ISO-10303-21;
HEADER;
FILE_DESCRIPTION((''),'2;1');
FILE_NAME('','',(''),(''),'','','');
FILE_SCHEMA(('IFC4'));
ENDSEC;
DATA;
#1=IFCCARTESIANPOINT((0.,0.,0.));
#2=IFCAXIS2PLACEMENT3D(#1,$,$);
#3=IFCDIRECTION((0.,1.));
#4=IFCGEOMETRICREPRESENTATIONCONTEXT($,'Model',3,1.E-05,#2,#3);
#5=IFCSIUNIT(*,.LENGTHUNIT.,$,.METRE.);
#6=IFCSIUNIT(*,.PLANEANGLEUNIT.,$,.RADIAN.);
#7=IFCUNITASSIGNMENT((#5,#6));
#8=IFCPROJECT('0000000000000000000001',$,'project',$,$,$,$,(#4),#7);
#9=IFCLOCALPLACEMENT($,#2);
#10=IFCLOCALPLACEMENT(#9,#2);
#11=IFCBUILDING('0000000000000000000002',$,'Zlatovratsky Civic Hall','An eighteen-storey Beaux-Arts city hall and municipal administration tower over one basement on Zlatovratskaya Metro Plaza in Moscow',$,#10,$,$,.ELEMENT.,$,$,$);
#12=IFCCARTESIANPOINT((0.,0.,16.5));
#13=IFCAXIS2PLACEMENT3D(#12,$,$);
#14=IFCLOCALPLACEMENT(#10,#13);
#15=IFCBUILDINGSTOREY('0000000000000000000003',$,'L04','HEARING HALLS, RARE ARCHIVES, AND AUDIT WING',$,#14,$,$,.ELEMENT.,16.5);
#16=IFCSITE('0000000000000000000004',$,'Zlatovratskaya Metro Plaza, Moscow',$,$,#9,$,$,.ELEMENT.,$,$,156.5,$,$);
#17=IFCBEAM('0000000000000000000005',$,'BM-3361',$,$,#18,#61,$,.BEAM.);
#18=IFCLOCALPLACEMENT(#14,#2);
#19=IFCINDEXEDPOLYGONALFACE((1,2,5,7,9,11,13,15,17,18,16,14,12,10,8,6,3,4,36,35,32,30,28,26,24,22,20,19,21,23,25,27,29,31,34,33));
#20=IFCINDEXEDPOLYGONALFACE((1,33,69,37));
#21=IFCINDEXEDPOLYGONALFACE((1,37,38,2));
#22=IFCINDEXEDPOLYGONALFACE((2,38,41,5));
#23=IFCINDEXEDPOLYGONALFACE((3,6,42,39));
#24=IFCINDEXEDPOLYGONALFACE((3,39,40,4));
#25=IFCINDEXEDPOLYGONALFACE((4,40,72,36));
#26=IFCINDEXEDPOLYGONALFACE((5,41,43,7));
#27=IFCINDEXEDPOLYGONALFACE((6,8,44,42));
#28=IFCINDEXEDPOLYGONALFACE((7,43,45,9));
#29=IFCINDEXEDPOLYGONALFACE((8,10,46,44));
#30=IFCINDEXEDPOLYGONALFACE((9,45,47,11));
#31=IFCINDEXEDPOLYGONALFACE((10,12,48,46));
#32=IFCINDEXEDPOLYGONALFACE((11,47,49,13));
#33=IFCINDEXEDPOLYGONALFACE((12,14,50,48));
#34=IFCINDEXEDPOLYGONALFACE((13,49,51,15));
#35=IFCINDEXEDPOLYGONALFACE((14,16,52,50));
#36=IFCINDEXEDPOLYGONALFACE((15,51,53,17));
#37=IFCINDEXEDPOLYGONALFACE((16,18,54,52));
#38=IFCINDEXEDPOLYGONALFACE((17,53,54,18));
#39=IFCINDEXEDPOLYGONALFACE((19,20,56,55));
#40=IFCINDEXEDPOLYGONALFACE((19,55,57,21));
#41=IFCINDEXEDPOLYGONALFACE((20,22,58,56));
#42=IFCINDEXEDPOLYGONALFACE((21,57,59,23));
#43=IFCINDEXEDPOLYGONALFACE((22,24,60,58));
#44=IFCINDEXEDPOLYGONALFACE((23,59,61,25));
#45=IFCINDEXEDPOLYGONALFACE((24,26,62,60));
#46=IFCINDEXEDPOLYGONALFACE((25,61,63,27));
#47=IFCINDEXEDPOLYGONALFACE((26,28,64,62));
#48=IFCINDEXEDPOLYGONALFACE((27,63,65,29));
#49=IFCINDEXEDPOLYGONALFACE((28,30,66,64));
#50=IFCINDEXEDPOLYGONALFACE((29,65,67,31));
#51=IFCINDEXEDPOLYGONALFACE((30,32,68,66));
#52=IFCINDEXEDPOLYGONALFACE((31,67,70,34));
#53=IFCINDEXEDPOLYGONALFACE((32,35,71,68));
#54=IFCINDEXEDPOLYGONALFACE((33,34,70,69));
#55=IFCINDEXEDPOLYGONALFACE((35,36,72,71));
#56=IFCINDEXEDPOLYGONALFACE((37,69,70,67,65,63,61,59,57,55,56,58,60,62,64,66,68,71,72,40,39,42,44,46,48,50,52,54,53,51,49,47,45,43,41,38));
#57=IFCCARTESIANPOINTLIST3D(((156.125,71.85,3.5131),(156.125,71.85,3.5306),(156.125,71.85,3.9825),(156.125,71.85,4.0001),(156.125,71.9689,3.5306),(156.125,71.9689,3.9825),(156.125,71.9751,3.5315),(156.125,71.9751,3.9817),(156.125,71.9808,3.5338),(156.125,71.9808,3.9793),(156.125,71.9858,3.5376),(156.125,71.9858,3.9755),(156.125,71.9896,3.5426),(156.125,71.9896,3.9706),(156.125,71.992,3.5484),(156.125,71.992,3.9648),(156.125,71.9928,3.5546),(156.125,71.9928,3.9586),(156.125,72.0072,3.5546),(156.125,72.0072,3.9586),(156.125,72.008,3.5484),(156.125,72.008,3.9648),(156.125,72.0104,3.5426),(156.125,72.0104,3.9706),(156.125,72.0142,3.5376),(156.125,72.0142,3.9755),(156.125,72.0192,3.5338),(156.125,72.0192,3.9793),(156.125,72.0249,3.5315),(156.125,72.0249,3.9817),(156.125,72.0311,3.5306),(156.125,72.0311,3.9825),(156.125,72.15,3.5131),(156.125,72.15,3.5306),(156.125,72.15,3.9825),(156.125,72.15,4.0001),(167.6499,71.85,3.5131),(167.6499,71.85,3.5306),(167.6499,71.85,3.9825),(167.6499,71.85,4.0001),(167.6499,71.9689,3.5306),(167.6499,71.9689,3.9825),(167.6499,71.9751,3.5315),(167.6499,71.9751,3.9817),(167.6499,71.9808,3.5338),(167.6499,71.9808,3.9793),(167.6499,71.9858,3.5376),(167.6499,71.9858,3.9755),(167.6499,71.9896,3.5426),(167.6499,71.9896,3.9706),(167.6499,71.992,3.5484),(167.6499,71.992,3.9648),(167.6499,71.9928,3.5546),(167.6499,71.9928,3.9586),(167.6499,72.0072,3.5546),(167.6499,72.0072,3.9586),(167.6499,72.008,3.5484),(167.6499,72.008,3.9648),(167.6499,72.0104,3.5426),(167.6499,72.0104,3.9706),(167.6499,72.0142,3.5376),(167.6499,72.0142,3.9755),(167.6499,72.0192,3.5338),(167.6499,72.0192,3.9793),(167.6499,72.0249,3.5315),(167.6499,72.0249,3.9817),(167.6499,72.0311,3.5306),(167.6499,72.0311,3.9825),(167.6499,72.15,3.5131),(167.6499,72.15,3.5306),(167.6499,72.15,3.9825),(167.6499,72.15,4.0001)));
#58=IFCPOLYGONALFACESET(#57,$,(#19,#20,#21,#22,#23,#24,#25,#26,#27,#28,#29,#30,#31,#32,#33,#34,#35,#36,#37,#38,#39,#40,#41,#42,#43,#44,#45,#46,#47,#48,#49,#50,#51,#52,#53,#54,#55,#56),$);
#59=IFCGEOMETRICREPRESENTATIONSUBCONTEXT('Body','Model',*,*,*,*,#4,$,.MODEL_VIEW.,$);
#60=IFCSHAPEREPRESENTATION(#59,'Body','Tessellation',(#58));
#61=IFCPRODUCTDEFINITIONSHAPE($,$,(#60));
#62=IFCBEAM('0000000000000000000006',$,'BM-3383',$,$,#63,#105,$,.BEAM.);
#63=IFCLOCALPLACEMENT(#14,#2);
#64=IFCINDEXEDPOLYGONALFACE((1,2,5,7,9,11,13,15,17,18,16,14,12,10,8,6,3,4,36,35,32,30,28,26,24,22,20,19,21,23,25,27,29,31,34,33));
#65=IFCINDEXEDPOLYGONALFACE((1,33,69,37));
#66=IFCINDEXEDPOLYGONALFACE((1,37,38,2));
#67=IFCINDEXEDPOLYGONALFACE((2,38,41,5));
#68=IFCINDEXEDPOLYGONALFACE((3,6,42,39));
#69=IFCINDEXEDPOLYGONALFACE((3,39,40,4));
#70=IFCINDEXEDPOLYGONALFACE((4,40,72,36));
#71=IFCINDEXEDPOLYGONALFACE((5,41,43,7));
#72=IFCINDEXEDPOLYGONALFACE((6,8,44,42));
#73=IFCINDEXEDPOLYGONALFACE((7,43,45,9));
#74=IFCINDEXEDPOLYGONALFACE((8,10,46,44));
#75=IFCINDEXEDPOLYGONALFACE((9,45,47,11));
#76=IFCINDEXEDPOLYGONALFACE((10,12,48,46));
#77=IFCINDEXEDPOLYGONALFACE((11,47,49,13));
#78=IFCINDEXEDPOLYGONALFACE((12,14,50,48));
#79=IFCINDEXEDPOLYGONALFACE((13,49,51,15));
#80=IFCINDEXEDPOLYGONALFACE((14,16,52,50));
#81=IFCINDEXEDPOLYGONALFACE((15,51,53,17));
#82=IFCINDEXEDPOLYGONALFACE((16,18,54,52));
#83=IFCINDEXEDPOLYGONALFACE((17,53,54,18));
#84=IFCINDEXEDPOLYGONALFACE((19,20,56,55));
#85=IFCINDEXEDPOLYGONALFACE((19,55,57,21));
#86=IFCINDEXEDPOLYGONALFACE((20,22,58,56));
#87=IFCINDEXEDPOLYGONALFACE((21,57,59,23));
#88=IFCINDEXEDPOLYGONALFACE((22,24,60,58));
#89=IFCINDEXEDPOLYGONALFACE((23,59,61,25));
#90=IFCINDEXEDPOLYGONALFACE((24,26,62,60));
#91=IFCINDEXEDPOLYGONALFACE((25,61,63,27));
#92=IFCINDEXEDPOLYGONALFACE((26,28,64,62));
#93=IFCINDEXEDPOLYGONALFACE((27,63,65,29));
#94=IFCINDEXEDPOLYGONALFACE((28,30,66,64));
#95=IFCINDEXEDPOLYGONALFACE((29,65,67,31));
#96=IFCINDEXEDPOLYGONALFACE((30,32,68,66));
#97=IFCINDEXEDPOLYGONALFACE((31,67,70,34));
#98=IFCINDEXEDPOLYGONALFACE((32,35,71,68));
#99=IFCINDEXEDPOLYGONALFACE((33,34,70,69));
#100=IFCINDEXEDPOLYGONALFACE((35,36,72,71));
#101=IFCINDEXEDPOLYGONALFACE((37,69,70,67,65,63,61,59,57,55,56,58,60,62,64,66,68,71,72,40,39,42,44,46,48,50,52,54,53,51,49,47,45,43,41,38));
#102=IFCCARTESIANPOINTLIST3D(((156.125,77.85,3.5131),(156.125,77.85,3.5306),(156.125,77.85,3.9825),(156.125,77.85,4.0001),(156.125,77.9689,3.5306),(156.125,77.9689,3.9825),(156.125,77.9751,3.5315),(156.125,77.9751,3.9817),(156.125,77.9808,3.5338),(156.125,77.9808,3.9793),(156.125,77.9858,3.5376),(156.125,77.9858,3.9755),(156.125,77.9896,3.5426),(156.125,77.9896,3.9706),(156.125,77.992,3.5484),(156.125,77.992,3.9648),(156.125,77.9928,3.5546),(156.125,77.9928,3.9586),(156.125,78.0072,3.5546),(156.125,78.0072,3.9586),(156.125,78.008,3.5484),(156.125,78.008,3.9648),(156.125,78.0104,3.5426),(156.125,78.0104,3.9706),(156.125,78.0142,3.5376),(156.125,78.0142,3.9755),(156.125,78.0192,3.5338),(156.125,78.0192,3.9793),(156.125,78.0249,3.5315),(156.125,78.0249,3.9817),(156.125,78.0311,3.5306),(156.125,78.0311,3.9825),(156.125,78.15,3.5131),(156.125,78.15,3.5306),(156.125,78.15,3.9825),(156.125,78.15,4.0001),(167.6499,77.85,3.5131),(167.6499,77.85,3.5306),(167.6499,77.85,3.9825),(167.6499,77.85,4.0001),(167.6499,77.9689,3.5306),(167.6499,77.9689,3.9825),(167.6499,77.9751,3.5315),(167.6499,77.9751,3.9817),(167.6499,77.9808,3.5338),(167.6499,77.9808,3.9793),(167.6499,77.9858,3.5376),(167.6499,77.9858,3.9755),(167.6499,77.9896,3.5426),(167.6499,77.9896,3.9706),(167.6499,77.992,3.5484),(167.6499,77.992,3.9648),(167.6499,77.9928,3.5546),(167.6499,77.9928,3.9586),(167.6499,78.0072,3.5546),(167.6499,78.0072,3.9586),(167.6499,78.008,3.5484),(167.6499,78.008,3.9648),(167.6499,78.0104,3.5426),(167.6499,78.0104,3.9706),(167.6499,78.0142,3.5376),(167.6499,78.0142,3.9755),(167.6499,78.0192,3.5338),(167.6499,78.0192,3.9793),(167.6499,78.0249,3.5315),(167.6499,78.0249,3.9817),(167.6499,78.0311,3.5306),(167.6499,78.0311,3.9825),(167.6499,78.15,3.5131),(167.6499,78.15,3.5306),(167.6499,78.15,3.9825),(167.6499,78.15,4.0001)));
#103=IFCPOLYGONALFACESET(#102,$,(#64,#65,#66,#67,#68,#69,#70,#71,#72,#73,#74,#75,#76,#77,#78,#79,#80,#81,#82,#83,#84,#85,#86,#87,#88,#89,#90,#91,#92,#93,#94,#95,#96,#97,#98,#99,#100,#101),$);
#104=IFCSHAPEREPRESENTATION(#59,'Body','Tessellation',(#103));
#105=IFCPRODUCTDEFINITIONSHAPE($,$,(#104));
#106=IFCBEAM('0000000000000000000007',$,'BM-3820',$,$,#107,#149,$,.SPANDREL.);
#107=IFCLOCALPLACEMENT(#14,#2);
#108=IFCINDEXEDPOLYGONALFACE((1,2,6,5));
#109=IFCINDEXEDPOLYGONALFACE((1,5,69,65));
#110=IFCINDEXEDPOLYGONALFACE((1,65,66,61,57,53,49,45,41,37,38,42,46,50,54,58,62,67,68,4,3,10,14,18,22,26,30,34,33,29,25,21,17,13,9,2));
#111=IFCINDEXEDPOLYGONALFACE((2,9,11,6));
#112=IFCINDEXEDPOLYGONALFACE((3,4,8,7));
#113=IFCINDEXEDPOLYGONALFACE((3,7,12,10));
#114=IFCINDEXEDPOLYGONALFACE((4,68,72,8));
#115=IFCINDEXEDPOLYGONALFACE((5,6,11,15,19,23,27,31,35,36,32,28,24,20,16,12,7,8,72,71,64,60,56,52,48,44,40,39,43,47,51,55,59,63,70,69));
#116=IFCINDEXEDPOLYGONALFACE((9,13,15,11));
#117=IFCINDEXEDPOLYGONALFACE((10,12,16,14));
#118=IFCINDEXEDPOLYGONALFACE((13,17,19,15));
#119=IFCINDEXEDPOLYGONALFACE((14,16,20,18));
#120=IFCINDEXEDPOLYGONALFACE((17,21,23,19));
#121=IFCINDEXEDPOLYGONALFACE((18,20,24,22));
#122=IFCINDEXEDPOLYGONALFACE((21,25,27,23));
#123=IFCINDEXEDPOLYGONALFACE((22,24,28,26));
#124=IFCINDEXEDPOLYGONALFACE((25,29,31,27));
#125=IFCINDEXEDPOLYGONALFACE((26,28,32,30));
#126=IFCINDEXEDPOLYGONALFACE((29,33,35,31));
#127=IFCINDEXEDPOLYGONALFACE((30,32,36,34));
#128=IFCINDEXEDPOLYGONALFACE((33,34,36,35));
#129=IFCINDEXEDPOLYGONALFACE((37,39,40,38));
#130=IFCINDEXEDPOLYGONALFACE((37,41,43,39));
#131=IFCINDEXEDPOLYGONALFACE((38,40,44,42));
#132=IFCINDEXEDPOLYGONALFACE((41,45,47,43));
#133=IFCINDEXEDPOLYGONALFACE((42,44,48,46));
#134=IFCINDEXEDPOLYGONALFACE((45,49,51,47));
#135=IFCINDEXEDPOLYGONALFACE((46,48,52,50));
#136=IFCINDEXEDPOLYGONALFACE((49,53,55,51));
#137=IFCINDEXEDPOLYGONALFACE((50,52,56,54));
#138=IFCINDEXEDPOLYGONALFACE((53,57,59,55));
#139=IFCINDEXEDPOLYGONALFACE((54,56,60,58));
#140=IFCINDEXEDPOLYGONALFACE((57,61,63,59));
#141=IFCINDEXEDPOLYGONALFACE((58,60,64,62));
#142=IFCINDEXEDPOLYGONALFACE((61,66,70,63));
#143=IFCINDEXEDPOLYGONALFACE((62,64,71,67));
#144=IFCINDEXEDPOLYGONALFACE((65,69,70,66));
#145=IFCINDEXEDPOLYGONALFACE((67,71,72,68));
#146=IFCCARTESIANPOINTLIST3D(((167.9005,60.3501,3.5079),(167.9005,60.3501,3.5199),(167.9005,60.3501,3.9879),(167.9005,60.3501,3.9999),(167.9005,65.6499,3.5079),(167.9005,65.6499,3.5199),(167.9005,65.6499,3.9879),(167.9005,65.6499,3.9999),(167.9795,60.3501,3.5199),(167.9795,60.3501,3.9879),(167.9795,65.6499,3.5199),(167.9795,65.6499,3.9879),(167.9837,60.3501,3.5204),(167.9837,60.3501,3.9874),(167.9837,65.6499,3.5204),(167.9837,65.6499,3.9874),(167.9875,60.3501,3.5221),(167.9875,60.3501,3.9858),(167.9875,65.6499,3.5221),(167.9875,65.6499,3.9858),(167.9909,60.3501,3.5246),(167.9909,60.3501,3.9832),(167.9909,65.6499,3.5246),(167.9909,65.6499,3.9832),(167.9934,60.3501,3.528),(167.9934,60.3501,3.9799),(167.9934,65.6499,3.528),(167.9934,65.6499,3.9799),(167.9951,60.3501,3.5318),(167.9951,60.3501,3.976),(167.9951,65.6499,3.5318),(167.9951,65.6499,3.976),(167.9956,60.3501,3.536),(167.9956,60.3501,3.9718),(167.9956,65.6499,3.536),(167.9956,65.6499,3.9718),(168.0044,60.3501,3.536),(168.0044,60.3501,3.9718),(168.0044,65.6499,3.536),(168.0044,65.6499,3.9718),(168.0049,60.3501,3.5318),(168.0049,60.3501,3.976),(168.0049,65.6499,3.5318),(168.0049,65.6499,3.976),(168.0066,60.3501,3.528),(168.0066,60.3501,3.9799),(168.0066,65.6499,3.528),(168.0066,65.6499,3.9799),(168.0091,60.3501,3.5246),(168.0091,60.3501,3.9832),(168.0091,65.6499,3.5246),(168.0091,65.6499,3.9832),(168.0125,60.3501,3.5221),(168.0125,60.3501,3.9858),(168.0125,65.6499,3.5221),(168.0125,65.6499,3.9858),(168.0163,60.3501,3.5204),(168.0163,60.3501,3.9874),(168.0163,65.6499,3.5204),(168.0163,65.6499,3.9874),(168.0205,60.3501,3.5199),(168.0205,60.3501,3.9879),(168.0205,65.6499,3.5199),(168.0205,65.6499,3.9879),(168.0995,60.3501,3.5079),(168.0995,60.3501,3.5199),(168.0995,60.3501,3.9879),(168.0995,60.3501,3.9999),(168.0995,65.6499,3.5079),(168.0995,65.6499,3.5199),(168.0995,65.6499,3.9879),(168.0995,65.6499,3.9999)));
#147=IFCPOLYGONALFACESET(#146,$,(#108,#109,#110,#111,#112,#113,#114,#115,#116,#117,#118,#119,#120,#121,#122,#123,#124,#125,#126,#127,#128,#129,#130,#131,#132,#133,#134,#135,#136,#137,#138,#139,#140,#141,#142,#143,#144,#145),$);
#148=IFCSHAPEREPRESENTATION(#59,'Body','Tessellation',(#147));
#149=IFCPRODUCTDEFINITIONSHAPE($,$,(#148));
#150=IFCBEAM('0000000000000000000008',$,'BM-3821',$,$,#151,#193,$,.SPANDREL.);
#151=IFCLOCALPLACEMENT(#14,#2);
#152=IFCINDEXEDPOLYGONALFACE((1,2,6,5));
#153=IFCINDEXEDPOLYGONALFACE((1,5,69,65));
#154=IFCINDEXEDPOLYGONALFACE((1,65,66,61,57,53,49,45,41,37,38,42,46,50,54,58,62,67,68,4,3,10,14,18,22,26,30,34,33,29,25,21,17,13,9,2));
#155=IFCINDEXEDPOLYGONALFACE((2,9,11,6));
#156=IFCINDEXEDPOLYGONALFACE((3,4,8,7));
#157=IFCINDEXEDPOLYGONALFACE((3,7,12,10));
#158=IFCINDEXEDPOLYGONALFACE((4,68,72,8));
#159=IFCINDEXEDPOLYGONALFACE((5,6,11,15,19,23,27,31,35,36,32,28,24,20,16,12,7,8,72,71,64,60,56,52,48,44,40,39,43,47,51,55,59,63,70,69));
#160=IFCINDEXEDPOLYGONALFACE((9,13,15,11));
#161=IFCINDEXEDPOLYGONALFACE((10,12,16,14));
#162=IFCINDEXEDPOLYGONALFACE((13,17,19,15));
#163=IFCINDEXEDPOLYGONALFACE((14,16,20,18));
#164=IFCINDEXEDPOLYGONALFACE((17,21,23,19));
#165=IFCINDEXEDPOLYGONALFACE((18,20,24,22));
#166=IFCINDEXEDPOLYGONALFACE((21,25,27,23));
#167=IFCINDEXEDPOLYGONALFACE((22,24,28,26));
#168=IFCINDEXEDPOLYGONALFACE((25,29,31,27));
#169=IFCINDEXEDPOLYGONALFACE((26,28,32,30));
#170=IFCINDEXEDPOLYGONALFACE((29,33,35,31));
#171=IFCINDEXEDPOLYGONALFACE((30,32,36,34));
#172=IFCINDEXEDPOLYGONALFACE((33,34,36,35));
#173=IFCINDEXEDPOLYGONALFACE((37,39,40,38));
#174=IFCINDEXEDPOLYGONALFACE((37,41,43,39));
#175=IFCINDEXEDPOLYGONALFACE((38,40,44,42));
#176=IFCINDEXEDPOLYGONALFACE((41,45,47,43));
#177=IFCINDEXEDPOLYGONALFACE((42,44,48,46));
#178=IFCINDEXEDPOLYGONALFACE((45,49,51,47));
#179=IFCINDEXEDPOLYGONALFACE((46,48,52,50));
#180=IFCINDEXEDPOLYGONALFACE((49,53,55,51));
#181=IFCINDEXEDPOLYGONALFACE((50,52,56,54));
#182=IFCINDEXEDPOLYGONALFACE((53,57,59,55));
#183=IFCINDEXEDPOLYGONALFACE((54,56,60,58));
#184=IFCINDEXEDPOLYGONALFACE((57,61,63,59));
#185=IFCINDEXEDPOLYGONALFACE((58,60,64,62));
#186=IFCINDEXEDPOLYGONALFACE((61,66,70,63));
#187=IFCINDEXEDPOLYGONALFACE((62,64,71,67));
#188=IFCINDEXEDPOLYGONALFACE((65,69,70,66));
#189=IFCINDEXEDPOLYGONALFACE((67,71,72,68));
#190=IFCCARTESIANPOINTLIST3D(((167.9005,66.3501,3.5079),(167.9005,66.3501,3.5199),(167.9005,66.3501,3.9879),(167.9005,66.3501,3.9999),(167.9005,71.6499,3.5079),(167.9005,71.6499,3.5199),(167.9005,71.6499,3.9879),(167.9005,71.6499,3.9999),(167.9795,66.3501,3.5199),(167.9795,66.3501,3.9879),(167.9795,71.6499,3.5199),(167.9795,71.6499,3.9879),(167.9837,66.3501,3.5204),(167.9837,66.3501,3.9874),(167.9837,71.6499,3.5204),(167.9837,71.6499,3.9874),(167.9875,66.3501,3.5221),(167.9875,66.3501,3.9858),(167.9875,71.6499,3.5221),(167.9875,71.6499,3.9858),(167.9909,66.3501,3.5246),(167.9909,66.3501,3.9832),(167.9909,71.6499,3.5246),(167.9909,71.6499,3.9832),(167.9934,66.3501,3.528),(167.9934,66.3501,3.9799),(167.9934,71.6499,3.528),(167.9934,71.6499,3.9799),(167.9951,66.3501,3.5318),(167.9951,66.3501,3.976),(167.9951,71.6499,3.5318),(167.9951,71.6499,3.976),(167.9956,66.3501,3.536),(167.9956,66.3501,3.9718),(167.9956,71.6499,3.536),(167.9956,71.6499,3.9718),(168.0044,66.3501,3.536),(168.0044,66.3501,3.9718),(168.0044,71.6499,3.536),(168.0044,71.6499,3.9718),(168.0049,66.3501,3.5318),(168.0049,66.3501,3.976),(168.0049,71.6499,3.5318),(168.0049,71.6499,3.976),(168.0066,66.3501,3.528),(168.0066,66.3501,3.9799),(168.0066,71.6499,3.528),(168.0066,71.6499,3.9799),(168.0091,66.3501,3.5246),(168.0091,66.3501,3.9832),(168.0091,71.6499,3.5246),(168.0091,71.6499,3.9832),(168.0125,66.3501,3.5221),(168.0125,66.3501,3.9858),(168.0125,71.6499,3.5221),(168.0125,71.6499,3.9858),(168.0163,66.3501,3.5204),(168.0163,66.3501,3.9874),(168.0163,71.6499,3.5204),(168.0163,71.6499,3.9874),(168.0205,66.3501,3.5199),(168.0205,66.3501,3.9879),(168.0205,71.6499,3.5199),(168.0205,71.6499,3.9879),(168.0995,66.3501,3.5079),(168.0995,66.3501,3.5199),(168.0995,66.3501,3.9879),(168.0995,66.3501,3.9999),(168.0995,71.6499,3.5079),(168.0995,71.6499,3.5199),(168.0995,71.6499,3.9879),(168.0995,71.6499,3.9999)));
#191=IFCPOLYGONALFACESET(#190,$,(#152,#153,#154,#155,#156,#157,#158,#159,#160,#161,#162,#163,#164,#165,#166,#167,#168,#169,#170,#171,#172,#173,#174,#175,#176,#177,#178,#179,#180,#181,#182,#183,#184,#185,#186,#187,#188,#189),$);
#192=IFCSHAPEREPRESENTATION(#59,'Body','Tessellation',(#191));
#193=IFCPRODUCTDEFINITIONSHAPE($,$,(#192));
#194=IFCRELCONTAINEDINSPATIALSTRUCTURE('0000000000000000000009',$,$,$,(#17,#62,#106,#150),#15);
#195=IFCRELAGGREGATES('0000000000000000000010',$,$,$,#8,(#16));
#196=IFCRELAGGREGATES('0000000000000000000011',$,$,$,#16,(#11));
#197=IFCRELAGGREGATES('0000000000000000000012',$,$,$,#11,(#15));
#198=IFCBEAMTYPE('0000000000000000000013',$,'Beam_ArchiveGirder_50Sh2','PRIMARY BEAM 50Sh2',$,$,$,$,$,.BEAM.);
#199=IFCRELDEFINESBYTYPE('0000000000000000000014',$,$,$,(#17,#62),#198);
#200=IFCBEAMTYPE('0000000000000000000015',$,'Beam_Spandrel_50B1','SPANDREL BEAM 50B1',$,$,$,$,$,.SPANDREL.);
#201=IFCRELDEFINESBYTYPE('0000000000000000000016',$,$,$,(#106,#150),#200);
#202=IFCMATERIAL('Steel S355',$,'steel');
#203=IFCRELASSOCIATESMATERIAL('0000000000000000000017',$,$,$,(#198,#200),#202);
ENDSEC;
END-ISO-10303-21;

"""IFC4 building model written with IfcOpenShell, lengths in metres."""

from ifc_helpers import new_model, si_unit, direction, frame, origin, origin_2d, place, context, subcontext, project, spatial, i_section, extrude, material, material_profile, profile_set, type_object, element, save


model = new_model("IFC4")

# Units and contexts
model_context = context("Model", 3, precision=1e-05, world=origin(), true_north=direction((0.0, 1.0)))
body_context = subcontext(model_context, "Body", "Model", "MODEL_VIEW")
ifc_project = project(units=[si_unit("LENGTHUNIT", "METRE"), si_unit("PLANEANGLEUNIT", "RADIAN")], contexts=[model_context])

# Site, building, storey
site_placement = place(None, origin())
site = spatial("IfcSite", under=ifc_project, at=site_placement, Name="Zlatovratskaya Metro Plaza, Moscow", CompositionType="ELEMENT", RefElevation=156.5)
building_placement = place(site_placement, origin())
building = spatial("IfcBuilding", under=site, at=building_placement, Name="Zlatovratsky Civic Hall", Description="An eighteen-storey Beaux-Arts city hall and municipal administration tower over one basement on Zlatovratskaya Metro Plaza in Moscow", CompositionType="ELEMENT")
storey_placement = place(building_placement, frame((0.0, 0.0, 16.5)))
storey = spatial("IfcBuildingStorey", under=building, at=storey_placement, Name="L04", Description="HEARING HALLS, RARE ARCHIVES, AND AUDIT WING", CompositionType="ELEMENT", Elevation=16.5)

# Shared definitions
ifc_material_1 = material(Name="Steel S355", Category="steel")

# Beams
ifc_material_profile_1 = material_profile(ifc_material_1, i_section(OverallWidth=0.3, OverallDepth=0.4871, WebThickness=0.0144, FlangeThickness=0.0176, FilletRadius=0.0239, at=origin_2d()), Name="50Sh2")
ifc_profile_set_1 = profile_set([ifc_material_profile_1], Name="Steel S355")
beam_type_1 = type_object("IfcBeamType", Name="Beam_ArchiveGirder_50Sh2", Description="PRIMARY BEAM 50Sh2", PredefinedType="BEAM", material=ifc_profile_set_1)
for number, where, z_axis, x_axis, name in (
    (1, (156.125, 72.0, 3.7566), (1.0, 0.0, 0.0), (0.0, 1.0, 0.0), "BM-3361"),
    (2, (156.125, 78.0, 3.7566), (1.0, 0.0, 0.0), (0.0, 1.0, 0.0), "BM-3383"),
):
    element("IfcBeam", number, at=place(storey_placement, frame(where, z_axis=z_axis, x_axis=x_axis)), inside=storey, type_object=beam_type_1, Name=name, PredefinedType="BEAM", context=body_context, shape_type="SweptSolid", body=[
        extrude(i_section(OverallWidth=0.3, OverallDepth=0.4871, WebThickness=0.0144, FlangeThickness=0.0176, FilletRadius=0.0239, at=origin_2d()), origin(), (0.0, 0.0, 1.0), 11.5249),
    ])
ifc_material_profile_2 = material_profile(ifc_material_1, i_section(OverallWidth=0.199, OverallDepth=0.4919, WebThickness=0.0088, FlangeThickness=0.012, FilletRadius=0.0161, at=origin_2d()), Name="50B1")
ifc_profile_set_2 = profile_set([ifc_material_profile_2], Name="Steel S355")
beam_type_2 = type_object("IfcBeamType", Name="Beam_Spandrel_50B1", Description="SPANDREL BEAM 50B1", PredefinedType="SPANDREL", material=ifc_profile_set_2)
for number, where, z_axis, x_axis, name in (
    (3, (168.0, 60.3501, 3.7539), (0.0, 1.0, 0.0), (-1.0, 0.0, 0.0), "BM-3820"),
    (4, (168.0, 66.3501, 3.7539), (0.0, 1.0, 0.0), (-1.0, 0.0, 0.0), "BM-3821"),
):
    element("IfcBeam", number, at=place(storey_placement, frame(where, z_axis=z_axis, x_axis=x_axis)), inside=storey, type_object=beam_type_2, Name=name, PredefinedType="SPANDREL", context=body_context, shape_type="SweptSolid", body=[
        extrude(i_section(OverallWidth=0.199, OverallDepth=0.4919, WebThickness=0.0088, FlangeThickness=0.012, FilletRadius=0.0161, at=origin_2d()), origin(), (0.0, 0.0, 1.0), 5.2998),
    ])

save(model, "model.ifc")
